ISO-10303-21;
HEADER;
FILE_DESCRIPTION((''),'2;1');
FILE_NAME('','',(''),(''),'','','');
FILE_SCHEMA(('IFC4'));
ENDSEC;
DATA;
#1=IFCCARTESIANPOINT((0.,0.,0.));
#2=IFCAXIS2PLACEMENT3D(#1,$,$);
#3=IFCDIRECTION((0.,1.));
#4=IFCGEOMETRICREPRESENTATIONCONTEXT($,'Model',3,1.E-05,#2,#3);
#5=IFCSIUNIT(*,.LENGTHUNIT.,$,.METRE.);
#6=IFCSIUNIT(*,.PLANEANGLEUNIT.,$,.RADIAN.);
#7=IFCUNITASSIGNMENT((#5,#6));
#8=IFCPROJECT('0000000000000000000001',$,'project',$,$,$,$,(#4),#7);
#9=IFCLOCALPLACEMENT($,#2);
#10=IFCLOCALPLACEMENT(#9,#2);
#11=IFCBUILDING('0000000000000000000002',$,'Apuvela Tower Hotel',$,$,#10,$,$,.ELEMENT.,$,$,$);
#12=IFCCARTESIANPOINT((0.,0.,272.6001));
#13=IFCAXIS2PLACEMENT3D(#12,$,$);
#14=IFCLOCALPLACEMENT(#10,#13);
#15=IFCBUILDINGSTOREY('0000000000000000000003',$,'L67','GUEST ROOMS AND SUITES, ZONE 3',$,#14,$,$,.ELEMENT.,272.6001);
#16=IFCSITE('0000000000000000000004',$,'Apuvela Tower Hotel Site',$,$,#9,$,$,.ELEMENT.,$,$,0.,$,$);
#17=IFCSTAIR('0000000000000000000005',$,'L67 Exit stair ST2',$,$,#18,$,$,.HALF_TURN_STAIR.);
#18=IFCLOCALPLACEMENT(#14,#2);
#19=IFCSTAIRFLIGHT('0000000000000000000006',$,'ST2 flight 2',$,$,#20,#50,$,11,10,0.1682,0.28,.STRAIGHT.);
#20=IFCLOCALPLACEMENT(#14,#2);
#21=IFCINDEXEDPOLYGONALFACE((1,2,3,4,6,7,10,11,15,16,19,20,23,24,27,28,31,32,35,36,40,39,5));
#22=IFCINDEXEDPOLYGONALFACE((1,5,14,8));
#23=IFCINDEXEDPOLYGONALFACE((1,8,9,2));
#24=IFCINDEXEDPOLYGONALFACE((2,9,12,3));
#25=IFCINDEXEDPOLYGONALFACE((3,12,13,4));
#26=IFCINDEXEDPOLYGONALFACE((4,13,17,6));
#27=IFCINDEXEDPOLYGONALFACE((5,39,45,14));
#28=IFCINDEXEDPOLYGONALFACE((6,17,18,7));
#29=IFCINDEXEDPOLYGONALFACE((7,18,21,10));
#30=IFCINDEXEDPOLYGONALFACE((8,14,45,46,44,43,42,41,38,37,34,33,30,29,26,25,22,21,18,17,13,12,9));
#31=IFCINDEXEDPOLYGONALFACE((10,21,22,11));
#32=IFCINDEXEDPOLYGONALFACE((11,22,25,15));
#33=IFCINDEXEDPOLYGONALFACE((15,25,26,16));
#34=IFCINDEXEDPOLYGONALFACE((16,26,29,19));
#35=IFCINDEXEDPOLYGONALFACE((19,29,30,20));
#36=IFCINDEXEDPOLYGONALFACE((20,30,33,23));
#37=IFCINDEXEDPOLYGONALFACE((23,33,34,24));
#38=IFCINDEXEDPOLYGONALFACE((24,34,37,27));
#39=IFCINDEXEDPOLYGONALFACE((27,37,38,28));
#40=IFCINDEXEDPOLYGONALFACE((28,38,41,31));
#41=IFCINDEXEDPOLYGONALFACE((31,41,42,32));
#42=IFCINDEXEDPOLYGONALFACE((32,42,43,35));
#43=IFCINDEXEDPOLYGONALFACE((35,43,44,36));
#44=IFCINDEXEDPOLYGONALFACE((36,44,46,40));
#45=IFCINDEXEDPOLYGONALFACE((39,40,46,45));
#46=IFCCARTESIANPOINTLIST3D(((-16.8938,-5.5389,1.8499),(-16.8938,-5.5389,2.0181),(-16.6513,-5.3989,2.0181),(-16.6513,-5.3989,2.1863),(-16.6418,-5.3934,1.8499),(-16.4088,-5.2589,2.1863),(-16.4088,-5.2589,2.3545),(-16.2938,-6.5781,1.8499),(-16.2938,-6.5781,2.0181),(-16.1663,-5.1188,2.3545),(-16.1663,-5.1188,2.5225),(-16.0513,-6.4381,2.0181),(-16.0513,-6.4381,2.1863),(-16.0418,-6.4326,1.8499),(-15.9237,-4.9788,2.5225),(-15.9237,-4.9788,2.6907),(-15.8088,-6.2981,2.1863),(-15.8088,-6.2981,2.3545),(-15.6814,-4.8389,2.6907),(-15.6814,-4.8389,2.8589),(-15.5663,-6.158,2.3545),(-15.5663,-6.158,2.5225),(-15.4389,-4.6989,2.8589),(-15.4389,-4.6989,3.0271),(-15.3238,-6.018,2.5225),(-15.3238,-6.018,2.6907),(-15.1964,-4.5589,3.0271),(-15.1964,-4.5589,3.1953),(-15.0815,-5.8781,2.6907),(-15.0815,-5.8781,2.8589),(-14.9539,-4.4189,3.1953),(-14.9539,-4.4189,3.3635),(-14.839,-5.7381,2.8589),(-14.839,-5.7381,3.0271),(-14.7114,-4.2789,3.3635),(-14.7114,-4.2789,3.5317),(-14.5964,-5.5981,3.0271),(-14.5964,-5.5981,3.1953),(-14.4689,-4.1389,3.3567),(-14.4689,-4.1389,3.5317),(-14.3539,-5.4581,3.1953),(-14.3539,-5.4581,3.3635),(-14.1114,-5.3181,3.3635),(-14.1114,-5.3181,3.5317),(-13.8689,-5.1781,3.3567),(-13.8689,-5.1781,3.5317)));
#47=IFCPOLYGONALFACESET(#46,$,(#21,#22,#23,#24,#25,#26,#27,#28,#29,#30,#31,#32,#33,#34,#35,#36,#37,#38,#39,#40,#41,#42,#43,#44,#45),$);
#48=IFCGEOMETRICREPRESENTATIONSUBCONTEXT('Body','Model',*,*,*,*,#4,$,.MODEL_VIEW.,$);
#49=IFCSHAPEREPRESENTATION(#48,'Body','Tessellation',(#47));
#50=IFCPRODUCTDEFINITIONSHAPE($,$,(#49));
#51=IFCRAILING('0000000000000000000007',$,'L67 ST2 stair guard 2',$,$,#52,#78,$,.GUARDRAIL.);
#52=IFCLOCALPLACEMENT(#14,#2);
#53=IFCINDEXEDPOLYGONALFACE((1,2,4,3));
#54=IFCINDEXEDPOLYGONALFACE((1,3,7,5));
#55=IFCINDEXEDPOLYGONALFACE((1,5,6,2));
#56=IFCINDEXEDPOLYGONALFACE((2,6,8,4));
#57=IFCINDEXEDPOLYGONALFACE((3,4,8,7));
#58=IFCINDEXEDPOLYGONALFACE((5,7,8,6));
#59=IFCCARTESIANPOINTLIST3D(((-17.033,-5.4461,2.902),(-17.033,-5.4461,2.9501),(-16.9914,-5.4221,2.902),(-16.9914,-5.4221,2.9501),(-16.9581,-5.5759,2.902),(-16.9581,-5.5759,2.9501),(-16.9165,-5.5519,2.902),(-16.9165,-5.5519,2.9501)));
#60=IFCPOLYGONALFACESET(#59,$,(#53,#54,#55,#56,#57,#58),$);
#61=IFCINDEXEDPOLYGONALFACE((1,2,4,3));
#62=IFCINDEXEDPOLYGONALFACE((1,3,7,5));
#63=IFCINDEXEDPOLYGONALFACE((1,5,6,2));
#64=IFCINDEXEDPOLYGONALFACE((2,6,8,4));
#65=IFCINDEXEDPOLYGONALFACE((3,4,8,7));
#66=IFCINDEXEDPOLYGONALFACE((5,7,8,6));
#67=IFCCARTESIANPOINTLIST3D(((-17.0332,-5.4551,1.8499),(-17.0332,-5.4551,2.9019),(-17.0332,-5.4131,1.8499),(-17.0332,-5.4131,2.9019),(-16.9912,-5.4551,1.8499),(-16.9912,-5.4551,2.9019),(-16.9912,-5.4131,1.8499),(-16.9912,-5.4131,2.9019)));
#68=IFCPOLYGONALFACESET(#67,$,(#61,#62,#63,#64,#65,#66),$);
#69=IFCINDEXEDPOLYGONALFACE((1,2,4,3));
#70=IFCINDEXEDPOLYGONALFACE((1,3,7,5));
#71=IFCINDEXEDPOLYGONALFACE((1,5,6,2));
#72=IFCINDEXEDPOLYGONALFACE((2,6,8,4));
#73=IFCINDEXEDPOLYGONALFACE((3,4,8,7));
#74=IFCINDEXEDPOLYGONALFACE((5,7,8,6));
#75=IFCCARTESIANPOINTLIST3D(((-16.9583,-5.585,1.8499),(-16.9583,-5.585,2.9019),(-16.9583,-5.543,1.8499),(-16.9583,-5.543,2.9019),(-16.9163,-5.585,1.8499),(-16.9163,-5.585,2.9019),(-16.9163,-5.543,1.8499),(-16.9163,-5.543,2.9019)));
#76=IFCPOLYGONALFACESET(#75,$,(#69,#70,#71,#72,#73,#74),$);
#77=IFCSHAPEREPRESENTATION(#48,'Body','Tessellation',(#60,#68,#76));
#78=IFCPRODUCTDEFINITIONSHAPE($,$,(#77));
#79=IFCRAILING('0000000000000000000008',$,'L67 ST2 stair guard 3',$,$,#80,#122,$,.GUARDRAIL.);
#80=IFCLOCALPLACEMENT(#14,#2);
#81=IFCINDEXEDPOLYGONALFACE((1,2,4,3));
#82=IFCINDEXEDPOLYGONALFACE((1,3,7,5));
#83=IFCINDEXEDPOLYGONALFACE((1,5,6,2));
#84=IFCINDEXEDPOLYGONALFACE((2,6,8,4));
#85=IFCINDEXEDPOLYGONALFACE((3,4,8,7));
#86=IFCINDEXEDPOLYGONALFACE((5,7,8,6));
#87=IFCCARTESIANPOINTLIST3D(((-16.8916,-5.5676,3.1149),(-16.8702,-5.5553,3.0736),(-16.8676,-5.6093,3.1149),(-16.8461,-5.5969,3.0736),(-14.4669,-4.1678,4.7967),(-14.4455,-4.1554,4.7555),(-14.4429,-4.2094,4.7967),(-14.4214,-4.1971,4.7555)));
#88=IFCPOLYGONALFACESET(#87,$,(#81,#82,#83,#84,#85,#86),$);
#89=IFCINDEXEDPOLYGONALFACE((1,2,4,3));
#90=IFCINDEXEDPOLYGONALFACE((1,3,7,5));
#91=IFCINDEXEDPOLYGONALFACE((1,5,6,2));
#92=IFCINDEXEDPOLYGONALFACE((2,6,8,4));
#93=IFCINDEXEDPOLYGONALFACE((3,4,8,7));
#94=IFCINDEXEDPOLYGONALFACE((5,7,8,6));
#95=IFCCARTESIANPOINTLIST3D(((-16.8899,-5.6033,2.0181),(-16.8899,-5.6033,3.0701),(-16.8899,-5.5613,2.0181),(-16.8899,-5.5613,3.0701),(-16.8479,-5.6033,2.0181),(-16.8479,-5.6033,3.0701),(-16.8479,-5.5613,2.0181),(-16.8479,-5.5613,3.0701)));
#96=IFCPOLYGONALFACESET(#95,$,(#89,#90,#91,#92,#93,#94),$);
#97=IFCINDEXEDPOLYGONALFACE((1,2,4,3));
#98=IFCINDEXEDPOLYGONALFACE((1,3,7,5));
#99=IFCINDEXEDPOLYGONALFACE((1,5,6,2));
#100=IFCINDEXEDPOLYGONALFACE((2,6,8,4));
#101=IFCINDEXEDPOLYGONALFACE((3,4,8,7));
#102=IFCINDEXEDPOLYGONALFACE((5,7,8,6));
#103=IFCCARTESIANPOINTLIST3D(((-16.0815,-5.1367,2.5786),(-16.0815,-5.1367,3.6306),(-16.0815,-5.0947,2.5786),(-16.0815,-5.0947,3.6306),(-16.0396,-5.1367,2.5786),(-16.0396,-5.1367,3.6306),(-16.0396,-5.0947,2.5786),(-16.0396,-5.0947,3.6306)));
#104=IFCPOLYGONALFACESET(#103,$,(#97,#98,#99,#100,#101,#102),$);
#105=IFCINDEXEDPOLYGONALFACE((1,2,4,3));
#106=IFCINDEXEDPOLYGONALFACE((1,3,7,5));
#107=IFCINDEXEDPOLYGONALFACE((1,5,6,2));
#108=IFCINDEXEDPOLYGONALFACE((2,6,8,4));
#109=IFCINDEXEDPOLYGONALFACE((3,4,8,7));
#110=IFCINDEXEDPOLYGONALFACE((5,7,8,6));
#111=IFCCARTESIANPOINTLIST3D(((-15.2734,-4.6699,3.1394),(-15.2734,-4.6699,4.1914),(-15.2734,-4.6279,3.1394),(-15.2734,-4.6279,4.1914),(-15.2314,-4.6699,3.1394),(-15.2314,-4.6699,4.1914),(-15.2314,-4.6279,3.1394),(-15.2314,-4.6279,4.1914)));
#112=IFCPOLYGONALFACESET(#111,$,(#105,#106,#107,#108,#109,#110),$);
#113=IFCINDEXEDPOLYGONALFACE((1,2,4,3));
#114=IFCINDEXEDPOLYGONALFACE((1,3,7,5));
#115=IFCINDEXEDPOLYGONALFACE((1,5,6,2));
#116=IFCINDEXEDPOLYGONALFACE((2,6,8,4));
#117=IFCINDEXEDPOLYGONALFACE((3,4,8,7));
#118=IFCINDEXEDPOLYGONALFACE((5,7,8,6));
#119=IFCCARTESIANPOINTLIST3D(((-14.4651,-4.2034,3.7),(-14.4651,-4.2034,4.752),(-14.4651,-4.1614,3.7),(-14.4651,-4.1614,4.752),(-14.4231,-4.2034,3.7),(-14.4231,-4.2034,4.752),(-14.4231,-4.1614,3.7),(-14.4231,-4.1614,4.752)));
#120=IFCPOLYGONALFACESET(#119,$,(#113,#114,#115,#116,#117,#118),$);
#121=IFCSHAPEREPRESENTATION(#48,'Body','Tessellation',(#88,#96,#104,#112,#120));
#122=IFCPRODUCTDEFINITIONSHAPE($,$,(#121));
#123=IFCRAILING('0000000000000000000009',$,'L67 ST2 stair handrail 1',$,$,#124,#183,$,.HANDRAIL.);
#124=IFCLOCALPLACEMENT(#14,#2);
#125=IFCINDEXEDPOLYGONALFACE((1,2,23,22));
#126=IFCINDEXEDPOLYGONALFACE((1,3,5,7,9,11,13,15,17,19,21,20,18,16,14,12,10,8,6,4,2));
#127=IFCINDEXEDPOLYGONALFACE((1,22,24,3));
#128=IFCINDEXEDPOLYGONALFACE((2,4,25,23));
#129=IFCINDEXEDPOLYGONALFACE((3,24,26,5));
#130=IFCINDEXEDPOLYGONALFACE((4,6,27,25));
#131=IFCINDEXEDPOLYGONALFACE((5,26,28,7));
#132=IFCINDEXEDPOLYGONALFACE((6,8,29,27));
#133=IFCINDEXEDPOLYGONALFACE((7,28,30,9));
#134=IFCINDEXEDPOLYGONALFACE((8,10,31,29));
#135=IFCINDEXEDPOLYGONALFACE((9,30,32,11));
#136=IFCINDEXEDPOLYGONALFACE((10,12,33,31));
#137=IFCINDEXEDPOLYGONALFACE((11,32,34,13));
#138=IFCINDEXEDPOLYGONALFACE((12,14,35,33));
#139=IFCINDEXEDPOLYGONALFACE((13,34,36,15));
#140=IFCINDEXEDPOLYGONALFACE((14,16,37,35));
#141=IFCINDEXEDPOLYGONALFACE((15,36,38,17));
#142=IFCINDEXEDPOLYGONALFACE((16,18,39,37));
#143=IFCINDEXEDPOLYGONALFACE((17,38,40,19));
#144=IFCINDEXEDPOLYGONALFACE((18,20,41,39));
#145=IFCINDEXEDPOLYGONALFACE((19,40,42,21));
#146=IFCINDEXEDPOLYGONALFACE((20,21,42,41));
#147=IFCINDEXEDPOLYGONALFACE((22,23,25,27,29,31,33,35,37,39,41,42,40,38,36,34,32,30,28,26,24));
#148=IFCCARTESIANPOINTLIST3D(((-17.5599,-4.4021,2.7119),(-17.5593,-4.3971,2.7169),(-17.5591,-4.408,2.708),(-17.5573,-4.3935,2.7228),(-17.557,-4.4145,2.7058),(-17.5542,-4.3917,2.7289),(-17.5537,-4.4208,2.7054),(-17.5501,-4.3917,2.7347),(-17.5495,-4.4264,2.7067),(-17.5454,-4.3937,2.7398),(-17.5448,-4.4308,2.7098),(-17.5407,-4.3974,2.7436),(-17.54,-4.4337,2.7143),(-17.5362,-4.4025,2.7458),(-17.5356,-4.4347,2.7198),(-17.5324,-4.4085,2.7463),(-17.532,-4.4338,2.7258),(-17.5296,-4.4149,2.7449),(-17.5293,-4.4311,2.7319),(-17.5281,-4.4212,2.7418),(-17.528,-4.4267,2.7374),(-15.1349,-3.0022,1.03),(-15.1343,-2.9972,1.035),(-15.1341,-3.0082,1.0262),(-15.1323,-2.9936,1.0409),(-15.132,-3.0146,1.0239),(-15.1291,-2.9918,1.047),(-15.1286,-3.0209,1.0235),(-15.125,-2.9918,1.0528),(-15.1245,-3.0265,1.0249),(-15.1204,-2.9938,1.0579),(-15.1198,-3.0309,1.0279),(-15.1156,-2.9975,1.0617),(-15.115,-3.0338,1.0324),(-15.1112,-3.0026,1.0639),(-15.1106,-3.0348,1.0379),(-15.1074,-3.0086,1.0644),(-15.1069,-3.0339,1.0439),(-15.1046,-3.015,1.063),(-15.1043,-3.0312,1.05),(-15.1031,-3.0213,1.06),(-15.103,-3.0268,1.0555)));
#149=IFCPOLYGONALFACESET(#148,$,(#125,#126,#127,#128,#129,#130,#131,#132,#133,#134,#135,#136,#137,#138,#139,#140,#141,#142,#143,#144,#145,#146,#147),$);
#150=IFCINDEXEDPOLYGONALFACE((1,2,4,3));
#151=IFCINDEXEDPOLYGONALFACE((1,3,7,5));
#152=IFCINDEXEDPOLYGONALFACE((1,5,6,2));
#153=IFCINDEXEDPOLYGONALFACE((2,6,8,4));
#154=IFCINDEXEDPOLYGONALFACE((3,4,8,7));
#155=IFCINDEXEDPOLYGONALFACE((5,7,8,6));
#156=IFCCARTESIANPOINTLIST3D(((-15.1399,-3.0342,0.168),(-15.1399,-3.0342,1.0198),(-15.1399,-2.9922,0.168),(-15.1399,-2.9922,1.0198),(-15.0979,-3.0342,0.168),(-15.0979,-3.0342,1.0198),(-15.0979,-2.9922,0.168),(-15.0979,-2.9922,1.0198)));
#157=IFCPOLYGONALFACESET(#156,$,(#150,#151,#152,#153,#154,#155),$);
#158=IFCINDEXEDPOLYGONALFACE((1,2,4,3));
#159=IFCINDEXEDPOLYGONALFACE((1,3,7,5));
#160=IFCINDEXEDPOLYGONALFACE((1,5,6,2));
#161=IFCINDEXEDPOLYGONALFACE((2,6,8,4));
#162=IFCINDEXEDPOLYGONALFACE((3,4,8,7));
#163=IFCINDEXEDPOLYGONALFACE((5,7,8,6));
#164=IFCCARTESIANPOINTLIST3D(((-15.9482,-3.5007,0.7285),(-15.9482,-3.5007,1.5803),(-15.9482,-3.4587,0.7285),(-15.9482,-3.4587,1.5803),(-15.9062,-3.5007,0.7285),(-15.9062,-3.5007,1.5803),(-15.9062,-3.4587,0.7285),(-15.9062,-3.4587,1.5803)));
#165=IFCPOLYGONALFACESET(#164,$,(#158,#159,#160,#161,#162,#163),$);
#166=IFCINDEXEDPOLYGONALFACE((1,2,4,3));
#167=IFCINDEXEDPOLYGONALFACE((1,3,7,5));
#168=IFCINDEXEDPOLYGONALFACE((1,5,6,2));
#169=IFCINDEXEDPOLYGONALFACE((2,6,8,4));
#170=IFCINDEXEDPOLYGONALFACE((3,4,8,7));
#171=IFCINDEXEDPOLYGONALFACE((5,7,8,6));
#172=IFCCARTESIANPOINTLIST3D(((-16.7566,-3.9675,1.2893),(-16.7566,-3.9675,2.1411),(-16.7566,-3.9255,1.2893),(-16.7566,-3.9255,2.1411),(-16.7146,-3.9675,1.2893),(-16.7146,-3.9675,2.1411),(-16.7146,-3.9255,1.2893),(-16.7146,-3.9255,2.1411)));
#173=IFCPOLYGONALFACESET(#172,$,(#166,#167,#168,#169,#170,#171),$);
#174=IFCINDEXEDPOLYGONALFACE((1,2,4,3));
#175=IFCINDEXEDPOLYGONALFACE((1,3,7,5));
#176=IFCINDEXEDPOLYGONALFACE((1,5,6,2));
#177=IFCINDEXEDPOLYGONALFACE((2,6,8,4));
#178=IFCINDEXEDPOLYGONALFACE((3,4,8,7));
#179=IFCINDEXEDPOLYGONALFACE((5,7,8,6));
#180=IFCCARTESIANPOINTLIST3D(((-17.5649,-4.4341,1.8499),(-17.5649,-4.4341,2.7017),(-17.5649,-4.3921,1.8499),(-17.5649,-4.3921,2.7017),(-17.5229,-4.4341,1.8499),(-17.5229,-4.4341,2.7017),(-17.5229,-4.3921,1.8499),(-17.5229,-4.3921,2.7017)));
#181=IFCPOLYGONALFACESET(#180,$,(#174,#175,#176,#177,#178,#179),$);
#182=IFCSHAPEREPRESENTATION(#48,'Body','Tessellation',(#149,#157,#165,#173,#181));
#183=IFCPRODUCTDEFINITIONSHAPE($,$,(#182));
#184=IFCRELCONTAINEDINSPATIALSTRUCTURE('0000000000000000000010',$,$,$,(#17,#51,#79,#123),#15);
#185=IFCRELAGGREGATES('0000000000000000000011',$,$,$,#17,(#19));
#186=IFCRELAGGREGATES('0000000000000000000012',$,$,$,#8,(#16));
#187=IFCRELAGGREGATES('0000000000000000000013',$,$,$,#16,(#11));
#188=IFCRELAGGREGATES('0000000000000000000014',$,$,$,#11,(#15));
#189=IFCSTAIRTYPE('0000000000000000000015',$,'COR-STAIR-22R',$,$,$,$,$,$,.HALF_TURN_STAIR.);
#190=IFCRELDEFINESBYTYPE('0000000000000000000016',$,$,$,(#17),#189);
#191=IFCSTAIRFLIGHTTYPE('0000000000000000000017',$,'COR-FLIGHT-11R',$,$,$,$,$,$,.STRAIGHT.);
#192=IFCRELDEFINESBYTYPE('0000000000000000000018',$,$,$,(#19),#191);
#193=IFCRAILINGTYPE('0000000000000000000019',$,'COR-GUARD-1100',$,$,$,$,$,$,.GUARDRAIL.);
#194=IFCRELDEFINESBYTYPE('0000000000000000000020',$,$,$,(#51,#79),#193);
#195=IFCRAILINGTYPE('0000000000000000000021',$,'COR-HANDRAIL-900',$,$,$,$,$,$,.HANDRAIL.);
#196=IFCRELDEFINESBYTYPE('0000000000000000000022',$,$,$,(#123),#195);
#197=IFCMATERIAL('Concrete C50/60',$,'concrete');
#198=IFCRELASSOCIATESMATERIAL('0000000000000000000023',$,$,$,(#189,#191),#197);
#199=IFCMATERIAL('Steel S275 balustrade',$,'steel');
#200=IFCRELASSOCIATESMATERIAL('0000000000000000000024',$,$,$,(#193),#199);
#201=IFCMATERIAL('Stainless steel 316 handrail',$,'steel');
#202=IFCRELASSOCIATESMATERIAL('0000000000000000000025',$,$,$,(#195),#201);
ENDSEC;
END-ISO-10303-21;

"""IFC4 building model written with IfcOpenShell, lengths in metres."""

from ifc_helpers import new_model, si_unit, direction, frame, origin, origin_2d, place, context, subcontext, project, spatial, polyline, rectangle, circle, outline, extrude, material, type_object, element, aggregate, save


model = new_model("IFC4")

# Units and contexts
model_context = context("Model", 3, precision=1e-05, world=origin(), true_north=direction((0.0, 1.0)))
body_context = subcontext(model_context, "Body", "Model", "MODEL_VIEW")
ifc_project = project(units=[si_unit("LENGTHUNIT", "METRE"), si_unit("PLANEANGLEUNIT", "RADIAN")], contexts=[model_context])

# Site, building, storey
site_placement = place(None, origin())
site = spatial("IfcSite", under=ifc_project, at=site_placement, Name="Apuvela Tower Hotel Site", CompositionType="ELEMENT", RefElevation=0.0)
building_placement = place(site_placement, origin())
building = spatial("IfcBuilding", under=site, at=building_placement, Name="Apuvela Tower Hotel", CompositionType="ELEMENT")
storey_placement = place(building_placement, frame((0.0, 0.0, 272.6001)))
storey = spatial("IfcBuildingStorey", under=building, at=storey_placement, Name="L67", Description="GUEST ROOMS AND SUITES, ZONE 3", CompositionType="ELEMENT", Elevation=272.6001)

# Shared definitions
ifc_material_1 = material(Name="Concrete C50/60", Category="concrete")

# Stair, stair flight
stair_type = type_object("IfcStairType", Name="COR-STAIR-22R", PredefinedType="HALF_TURN_STAIR", material=ifc_material_1)
stair_placement = place(storey_placement, origin())
stair = element("IfcStair", 1, at=stair_placement, inside=storey, type_object=stair_type, Name="L67 Exit stair ST2", PredefinedType="HALF_TURN_STAIR")
stair_flight_type = type_object("IfcStairFlightType", Name="COR-FLIGHT-11R", PredefinedType="STRAIGHT", material=ifc_material_1)
stair_flight_placement = place(storey_placement, frame((-16.5938, -6.0586, 1.8499), z_axis=(0.0, 0.0, 1.0), x_axis=(0.866025, 0.5, 0.0)))
stair_flight = element("IfcStairFlight", 2, at=stair_flight_placement, type_object=stair_flight_type, Name="ST2 flight 2", NumberOfRisers=11, NumberOfTreads=10, PredefinedType="STRAIGHT", RiserHeight=0.1682, TreadLength=0.28, context=body_context, shape_type="SweptSolid", body=[
    extrude(outline(polyline([(0.0, 0.0), (0.0, 0.1682), (0.28, 0.1682), (0.28, 0.3364), (0.5601, 0.3364), (0.5601, 0.5046), (0.8401, 0.5046), (0.8401, 0.6726), (1.1201, 0.6726), (1.1201, 0.8408), (1.3999, 0.8408), (1.3999, 1.009), (1.6799, 1.009), (1.6799, 1.1772), (1.96, 1.1772), (1.96, 1.3455), (2.24, 1.3455), (2.24, 1.5137), (2.52, 1.5137), (2.52, 1.6819), (2.8, 1.6819), (2.8, 1.8501), (2.8, 1.5068), (0.291, 0.0), (0.0, 0.0)])), frame((0.0, 0.6001, 0.0), z_axis=(0.0, -1.0, 0.0), x_axis=(1.0, 0.0, 0.0)), (0.0, 0.0, 1.0), 1.2),
])
aggregate(stair, [stair_flight])

# Railings
ifc_material_2 = material(Name="Steel S275 balustrade", Category="steel")
railing_type_1 = type_object("IfcRailingType", Name="COR-GUARD-1100", PredefinedType="GUARDRAIL", material=ifc_material_2)
railing_1_placement = place(storey_placement, frame((-17.0122, -5.4341, 1.8499)))
element("IfcRailing", 3, at=railing_1_placement, inside=storey, type_object=railing_type_1, Name="L67 ST2 stair guard 2", PredefinedType="GUARDRAIL", context=body_context, shape_type="SweptSolid", body=[
    extrude(rectangle(XDim=0.0481, YDim=0.0481, at=origin_2d()), frame((0.0, 0.0, 1.0762), z_axis=(0.499816, -0.866131, 0.0), x_axis=(0.866131, 0.499816, 0.0)), (0.0, 0.0, 1.0), 0.1499),
    extrude(rectangle(XDim=0.042, YDim=0.042, at=origin_2d()), origin(), (0.0, 0.0, 1.0), 1.052),
    extrude(rectangle(XDim=0.042, YDim=0.042, at=origin_2d()), frame((0.075, -0.1299, 0.0)), (0.0, 0.0, 1.0), 1.052),
])
railing_2_placement = place(storey_placement, frame((-16.8689, -5.5823, 2.0181)))
element("IfcRailing", 4, at=railing_2_placement, inside=storey, type_object=railing_type_1, Name="L67 ST2 stair guard 3", PredefinedType="GUARDRAIL", context=body_context, shape_type="SweptSolid", body=[
    extrude(rectangle(XDim=0.0481, YDim=0.0481, at=origin_2d()), frame((0.0, 0.0, 1.0762), z_axis=(0.74239, 0.428601, 0.514934), x_axis=(-0.499984, 0.866035, 0.0)), (0.0, 0.0, 1.0), 3.2661),
    extrude(rectangle(XDim=0.042, YDim=0.042, at=origin_2d()), origin(), (0.0, 0.0, 1.0), 1.052),
    extrude(rectangle(XDim=0.042, YDim=0.042, at=origin_2d()), frame((0.8083, 0.4666, 0.5605)), (0.0, 0.0, 1.0), 1.052),
    extrude(rectangle(XDim=0.042, YDim=0.042, at=origin_2d()), frame((1.6165, 0.9333, 1.1213)), (0.0, 0.0, 1.0), 1.052),
    extrude(rectangle(XDim=0.042, YDim=0.042, at=origin_2d()), frame((2.4248, 1.3999, 1.6819)), (0.0, 0.0, 1.0), 1.052),
])
ifc_material_3 = material(Name="Stainless steel 316 handrail", Category="steel")
railing_type_2 = type_object("IfcRailingType", Name="COR-HANDRAIL-900", PredefinedType="HANDRAIL", material=ifc_material_3)
railing_3_placement = place(storey_placement, frame((-15.1189, -3.0132, 0.168)))
element("IfcRailing", 5, at=railing_3_placement, inside=storey, type_object=railing_type_2, Name="L67 ST2 stair handrail 1", PredefinedType="HANDRAIL", context=body_context, shape_type="SweptSolid", body=[
    extrude(circle(Radius=0.0239, at=origin_2d()), frame((0.0, 0.0, 0.876), z_axis=(-0.742424, -0.428577, 0.514906), x_axis=(0.499946, -0.866056, 0.0)), (0.0, 0.0, 1.0), 3.2664),
    extrude(rectangle(XDim=0.042, YDim=0.042, at=origin_2d()), origin(), (0.0, 0.0, 1.0), 0.8518),
    extrude(rectangle(XDim=0.042, YDim=0.042, at=origin_2d()), frame((-0.8083, -0.4666, 0.5605)), (0.0, 0.0, 1.0), 0.8518),
    extrude(rectangle(XDim=0.042, YDim=0.042, at=origin_2d()), frame((-1.6167, -0.9333, 1.1213)), (0.0, 0.0, 1.0), 0.8518),
    extrude(rectangle(XDim=0.042, YDim=0.042, at=origin_2d()), frame((-2.425, -1.3999, 1.6819)), (0.0, 0.0, 1.0), 0.8518),
])

save(model, "model.ifc")
